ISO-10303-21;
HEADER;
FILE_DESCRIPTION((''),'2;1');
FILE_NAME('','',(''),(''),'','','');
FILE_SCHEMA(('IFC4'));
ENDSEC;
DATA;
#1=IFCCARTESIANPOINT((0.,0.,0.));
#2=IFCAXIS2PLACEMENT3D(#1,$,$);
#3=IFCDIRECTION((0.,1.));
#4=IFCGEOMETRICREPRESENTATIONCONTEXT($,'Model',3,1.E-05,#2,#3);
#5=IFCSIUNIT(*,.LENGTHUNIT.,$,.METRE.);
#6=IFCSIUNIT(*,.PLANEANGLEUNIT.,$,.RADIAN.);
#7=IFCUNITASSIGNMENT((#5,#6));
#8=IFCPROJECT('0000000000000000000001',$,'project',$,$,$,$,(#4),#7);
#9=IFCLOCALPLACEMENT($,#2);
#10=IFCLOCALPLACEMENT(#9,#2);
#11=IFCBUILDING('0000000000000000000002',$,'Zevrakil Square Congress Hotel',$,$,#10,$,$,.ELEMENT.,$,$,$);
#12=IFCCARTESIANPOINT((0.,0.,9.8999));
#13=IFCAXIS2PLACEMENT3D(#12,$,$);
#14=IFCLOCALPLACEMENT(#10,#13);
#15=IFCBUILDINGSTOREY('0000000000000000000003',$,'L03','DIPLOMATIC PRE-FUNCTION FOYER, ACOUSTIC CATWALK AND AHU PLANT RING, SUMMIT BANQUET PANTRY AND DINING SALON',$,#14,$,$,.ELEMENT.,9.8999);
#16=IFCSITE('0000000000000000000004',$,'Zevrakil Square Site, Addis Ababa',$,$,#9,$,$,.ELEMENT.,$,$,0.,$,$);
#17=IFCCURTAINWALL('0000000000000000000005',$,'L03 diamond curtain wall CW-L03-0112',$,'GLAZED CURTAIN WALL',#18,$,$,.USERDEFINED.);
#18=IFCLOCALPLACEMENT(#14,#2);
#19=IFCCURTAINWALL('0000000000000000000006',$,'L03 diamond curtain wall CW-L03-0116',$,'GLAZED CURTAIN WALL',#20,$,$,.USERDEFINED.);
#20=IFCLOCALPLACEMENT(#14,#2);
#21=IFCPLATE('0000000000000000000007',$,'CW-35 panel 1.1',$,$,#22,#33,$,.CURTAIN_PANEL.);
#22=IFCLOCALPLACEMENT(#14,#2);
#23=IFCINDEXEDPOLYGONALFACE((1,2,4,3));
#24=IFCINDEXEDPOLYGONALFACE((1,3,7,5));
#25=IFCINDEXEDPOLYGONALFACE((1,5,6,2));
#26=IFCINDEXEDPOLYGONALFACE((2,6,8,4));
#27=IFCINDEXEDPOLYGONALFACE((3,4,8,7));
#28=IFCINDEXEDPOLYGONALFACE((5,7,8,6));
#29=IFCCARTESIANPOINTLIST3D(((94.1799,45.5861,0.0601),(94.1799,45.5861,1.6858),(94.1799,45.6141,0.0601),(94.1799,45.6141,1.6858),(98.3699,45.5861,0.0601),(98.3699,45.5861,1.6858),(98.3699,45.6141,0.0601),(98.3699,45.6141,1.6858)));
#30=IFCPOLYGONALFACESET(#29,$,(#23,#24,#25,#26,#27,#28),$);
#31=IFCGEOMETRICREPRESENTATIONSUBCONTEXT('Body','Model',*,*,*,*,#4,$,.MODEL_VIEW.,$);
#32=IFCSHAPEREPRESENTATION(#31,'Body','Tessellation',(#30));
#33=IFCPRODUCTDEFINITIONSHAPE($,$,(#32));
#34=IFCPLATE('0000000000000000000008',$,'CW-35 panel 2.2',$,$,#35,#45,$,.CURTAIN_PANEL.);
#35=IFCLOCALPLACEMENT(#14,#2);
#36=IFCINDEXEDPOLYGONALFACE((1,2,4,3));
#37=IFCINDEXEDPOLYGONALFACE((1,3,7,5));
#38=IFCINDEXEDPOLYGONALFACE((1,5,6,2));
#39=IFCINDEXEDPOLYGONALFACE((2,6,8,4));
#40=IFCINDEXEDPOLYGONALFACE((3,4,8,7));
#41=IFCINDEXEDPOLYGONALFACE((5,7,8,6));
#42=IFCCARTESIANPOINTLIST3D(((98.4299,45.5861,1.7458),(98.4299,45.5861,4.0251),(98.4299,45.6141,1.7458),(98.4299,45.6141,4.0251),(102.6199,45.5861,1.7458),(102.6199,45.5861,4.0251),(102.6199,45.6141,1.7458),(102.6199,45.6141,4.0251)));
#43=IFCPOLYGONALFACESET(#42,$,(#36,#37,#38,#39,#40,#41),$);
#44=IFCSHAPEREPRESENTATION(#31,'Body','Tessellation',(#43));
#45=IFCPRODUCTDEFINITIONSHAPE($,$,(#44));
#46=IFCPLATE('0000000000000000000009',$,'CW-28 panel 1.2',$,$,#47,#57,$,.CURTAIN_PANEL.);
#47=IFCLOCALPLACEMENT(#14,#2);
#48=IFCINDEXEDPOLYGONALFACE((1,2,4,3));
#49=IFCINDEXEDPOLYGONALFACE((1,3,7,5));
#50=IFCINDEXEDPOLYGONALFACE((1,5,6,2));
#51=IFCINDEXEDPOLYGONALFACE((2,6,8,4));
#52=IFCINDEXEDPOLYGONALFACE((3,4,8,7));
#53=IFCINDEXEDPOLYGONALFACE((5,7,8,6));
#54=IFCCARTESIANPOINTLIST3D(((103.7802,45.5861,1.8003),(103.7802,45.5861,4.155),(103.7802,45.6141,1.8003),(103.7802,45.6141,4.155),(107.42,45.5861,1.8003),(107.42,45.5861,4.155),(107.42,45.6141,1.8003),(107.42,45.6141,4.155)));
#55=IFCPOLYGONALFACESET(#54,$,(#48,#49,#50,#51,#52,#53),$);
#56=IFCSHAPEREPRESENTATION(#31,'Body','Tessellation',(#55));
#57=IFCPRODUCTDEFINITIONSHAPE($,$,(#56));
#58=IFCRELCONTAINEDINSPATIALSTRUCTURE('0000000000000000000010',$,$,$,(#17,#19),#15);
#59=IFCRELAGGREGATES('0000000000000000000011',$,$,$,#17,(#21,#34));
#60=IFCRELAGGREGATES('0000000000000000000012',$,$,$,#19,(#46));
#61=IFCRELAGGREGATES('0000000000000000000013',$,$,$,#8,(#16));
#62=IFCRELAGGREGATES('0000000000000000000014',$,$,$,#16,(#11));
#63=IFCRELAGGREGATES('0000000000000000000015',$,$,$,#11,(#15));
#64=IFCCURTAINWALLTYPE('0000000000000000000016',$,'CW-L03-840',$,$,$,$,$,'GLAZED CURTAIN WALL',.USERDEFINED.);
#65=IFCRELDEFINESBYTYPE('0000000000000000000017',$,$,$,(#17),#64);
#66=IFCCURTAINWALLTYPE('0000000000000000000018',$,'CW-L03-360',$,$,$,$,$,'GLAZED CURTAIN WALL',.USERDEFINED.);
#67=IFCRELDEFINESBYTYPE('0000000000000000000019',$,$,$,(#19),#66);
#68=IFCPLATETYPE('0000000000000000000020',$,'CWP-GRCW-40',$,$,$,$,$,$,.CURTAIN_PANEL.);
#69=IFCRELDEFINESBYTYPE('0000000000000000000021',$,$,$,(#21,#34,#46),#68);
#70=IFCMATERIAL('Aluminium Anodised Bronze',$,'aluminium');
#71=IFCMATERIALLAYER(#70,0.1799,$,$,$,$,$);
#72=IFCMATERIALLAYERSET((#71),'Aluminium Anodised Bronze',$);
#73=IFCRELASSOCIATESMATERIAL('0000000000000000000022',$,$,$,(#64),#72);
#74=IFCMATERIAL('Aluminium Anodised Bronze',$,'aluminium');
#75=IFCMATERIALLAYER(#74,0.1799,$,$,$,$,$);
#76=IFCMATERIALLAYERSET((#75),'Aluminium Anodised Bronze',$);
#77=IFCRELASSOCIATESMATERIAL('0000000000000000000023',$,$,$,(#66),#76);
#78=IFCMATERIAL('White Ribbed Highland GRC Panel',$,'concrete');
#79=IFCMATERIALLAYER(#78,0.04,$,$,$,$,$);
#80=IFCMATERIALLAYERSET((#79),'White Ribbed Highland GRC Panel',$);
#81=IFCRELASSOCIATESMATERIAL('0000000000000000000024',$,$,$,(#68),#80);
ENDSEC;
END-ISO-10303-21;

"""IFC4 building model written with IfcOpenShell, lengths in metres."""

from ifc_helpers import new_model, si_unit, direction, frame, origin, origin_2d, place, context, subcontext, project, spatial, rectangle, extrude, material, layer, layer_set, type_object, element, aggregate, save


model = new_model("IFC4")

# Units and contexts
model_context = context("Model", 3, precision=1e-05, world=origin(), true_north=direction((0.0, 1.0)))
body_context = subcontext(model_context, "Body", "Model", "MODEL_VIEW")
ifc_project = project(units=[si_unit("LENGTHUNIT", "METRE"), si_unit("PLANEANGLEUNIT", "RADIAN")], contexts=[model_context])

# Site, building, storey
site_placement = place(None, origin())
site = spatial("IfcSite", under=ifc_project, at=site_placement, Name="Zevrakil Square Site, Addis Ababa", CompositionType="ELEMENT", RefElevation=0.0)
building_placement = place(site_placement, origin())
building = spatial("IfcBuilding", under=site, at=building_placement, Name="Zevrakil Square Congress Hotel", CompositionType="ELEMENT")
storey_placement = place(building_placement, frame((0.0, 0.0, 9.8999)))
storey = spatial("IfcBuildingStorey", under=building, at=storey_placement, Name="L03", Description="DIPLOMATIC PRE-FUNCTION FOYER, ACOUSTIC CATWALK AND AHU PLANT RING, SUMMIT BANQUET PANTRY AND DINING SALON", CompositionType="ELEMENT", Elevation=9.8999)

# Curtain walls
ifc_material_1 = material(Name="Aluminium Anodised Bronze", Category="aluminium")
ifc_layer_1 = layer(ifc_material_1, 0.1799)
ifc_layer_set_1 = layer_set([ifc_layer_1], Name="Aluminium Anodised Bronze")
curtain_wall_type_1 = type_object("IfcCurtainWallType", Name="CW-L03-840", ElementType="GLAZED CURTAIN WALL", PredefinedType="USERDEFINED", material=ifc_layer_set_1)
curtain_wall_1_placement = place(storey_placement, origin())
curtain_wall_1 = element("IfcCurtainWall", 1, at=curtain_wall_1_placement, inside=storey, type_object=curtain_wall_type_1, Name="L03 diamond curtain wall CW-L03-0112", ObjectType="GLAZED CURTAIN WALL", PredefinedType="USERDEFINED")
ifc_material_2 = material(Name="Aluminium Anodised Bronze", Category="aluminium")
ifc_layer_2 = layer(ifc_material_2, 0.1799)
ifc_layer_set_2 = layer_set([ifc_layer_2], Name="Aluminium Anodised Bronze")
curtain_wall_type_2 = type_object("IfcCurtainWallType", Name="CW-L03-360", ElementType="GLAZED CURTAIN WALL", PredefinedType="USERDEFINED", material=ifc_layer_set_2)
curtain_wall_2_placement = place(storey_placement, origin())
curtain_wall_2 = element("IfcCurtainWall", 2, at=curtain_wall_2_placement, inside=storey, type_object=curtain_wall_type_2, Name="L03 diamond curtain wall CW-L03-0116", ObjectType="GLAZED CURTAIN WALL", PredefinedType="USERDEFINED")

# Plates
ifc_material_3 = material(Name="White Ribbed Highland GRC Panel", Category="concrete")
ifc_layer_3 = layer(ifc_material_3, 0.04)
ifc_layer_set_3 = layer_set([ifc_layer_3], Name="White Ribbed Highland GRC Panel")
plate_type_1 = type_object("IfcPlateType", Name="CWP-GRCW-40", PredefinedType="CURTAIN_PANEL", material=ifc_layer_set_3)
plate_1_placement = place(storey_placement, frame((96.2749, 45.6001, 0.0601), z_axis=(0.0, 0.0, 1.0), x_axis=(1.0, 0.0, 0.0)))
plate_1 = element("IfcPlate", 3, at=plate_1_placement, type_object=plate_type_1, Name="CW-35 panel 1.1", PredefinedType="CURTAIN_PANEL", context=body_context, shape_type="SweptSolid", body=[
    extrude(rectangle(XDim=4.1899, YDim=0.0281, at=origin_2d()), origin(), (0.0, 0.0, 1.0), 1.6257),
])
plate_2_placement = place(storey_placement, frame((100.5249, 45.6001, 1.7458), z_axis=(0.0, 0.0, 1.0), x_axis=(1.0, 0.0, 0.0)))
plate_2 = element("IfcPlate", 4, at=plate_2_placement, type_object=plate_type_1, Name="CW-35 panel 2.2", PredefinedType="CURTAIN_PANEL", context=body_context, shape_type="SweptSolid", body=[
    extrude(rectangle(XDim=4.1899, YDim=0.0281, at=origin_2d()), origin(), (0.0, 0.0, 1.0), 2.2793),
])
aggregate(curtain_wall_1, [plate_1, plate_2])
plate_3_placement = place(storey_placement, frame((105.6001, 45.6001, 1.8003), z_axis=(0.0, 0.0, 1.0), x_axis=(1.0, 0.0, 0.0)))
plate_3 = element("IfcPlate", 5, at=plate_3_placement, type_object=plate_type_1, Name="CW-28 panel 1.2", PredefinedType="CURTAIN_PANEL", context=body_context, shape_type="SweptSolid", body=[
    extrude(rectangle(XDim=3.6399, YDim=0.0281, at=origin_2d()), origin(), (0.0, 0.0, 1.0), 2.3547),
])
aggregate(curtain_wall_2, [plate_3])

save(model, "model.ifc")
